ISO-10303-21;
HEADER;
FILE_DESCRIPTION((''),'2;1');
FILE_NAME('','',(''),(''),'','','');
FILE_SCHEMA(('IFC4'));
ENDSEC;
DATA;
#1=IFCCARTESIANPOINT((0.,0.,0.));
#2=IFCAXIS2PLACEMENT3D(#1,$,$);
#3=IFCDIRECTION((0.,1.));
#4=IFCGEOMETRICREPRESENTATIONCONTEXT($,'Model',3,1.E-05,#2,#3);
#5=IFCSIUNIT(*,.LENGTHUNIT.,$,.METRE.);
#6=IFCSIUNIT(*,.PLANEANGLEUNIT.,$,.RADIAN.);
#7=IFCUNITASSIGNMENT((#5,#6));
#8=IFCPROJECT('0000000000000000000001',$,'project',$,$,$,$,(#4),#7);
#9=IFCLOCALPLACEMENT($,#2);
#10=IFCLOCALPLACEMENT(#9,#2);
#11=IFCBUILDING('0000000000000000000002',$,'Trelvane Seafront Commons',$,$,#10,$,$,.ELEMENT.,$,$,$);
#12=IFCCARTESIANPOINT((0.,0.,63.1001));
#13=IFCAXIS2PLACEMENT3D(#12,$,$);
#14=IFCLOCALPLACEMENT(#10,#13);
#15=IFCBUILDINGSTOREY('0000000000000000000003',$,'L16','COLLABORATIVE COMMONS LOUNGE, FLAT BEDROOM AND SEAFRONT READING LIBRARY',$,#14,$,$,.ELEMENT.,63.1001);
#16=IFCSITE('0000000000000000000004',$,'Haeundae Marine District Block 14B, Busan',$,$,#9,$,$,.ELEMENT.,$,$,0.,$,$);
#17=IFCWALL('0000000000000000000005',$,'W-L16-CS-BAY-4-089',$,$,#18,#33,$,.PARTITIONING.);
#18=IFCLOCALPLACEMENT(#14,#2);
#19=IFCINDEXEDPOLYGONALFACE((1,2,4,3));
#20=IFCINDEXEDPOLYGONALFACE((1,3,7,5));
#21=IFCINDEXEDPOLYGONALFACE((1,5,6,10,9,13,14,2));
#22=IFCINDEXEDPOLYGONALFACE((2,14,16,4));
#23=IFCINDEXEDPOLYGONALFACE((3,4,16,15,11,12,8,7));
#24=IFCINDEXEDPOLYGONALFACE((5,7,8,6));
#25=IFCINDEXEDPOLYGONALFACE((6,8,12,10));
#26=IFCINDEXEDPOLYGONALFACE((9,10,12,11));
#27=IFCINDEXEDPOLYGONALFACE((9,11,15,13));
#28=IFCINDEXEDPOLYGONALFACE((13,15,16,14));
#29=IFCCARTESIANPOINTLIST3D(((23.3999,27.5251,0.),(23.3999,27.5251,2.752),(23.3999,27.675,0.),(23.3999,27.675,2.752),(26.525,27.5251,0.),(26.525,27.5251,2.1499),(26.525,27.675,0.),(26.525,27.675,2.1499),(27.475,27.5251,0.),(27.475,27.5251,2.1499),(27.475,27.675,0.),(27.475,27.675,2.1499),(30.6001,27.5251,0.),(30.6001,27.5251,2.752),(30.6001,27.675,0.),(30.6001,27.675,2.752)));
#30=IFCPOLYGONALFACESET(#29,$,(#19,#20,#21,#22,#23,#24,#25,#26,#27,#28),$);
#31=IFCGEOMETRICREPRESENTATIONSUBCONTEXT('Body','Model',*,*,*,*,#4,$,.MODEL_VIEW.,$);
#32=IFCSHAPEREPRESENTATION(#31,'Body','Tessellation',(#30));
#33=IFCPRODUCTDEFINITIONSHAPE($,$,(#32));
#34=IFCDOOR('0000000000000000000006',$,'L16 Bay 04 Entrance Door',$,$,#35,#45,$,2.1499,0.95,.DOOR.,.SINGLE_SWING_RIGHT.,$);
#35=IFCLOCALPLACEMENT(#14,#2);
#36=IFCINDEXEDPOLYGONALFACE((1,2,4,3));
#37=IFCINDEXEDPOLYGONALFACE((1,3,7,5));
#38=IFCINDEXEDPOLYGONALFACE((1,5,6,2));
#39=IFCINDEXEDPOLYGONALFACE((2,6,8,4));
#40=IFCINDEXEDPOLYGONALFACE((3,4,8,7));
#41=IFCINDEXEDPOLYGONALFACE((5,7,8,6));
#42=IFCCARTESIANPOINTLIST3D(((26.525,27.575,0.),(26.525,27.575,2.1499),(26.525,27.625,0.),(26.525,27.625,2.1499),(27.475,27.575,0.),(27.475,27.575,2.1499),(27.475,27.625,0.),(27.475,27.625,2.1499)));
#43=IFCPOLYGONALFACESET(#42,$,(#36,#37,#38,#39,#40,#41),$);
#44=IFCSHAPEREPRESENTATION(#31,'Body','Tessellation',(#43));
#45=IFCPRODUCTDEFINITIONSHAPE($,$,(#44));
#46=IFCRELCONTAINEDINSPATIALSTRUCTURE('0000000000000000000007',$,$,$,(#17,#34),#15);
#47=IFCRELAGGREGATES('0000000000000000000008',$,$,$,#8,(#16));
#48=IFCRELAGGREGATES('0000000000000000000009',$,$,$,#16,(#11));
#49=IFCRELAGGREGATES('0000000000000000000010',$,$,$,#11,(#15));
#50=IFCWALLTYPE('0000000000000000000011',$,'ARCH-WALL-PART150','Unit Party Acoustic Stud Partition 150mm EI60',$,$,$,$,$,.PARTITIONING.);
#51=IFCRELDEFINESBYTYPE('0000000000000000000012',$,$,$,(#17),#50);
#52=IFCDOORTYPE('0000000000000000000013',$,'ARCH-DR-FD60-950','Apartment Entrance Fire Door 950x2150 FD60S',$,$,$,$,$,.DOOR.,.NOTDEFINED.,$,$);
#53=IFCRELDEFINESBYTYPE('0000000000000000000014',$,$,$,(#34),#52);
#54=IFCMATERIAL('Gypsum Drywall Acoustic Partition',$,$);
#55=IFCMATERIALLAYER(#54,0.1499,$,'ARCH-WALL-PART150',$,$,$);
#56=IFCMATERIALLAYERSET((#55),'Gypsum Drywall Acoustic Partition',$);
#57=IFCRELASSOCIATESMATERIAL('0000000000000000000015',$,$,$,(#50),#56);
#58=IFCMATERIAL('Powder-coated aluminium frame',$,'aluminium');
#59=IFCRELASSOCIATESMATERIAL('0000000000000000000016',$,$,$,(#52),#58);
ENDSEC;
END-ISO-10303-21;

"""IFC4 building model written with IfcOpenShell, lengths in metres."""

from ifc_helpers import new_model, si_unit, direction, frame, frame_2d, origin, place, context, subcontext, project, spatial, rectangle, extrude, source, transform, mapped, material, layer, layer_set, type_object, element, fill, save


model = new_model("IFC4")

# Units and contexts
model_context = context("Model", 3, precision=1e-05, world=origin(), true_north=direction((0.0, 1.0)))
body_context = subcontext(model_context, "Body", "Model", "MODEL_VIEW")
ifc_project = project(units=[si_unit("LENGTHUNIT", "METRE"), si_unit("PLANEANGLEUNIT", "RADIAN")], contexts=[model_context])

# Site, building, storey
site_placement = place(None, origin())
site = spatial("IfcSite", under=ifc_project, at=site_placement, Name="Haeundae Marine District Block 14B, Busan", CompositionType="ELEMENT", RefElevation=0.0)
building_placement = place(site_placement, origin())
building = spatial("IfcBuilding", under=site, at=building_placement, Name="Trelvane Seafront Commons", CompositionType="ELEMENT")
storey_placement = place(building_placement, frame((0.0, 0.0, 63.1001)))
storey = spatial("IfcBuildingStorey", under=building, at=storey_placement, Name="L16", Description="COLLABORATIVE COMMONS LOUNGE, FLAT BEDROOM AND SEAFRONT READING LIBRARY", CompositionType="ELEMENT", Elevation=63.1001)

# Shared definitions
ifc_material_1 = material(Name="Gypsum Drywall Acoustic Partition")
shared_shape_1 = source(origin(), body_context, "Body", "SweptSolid", [
    extrude(rectangle(XDim=0.95, YDim=2.1499, at=frame_2d((0.4751, 1.075))), frame((0.0, 0.0249, 0.0), z_axis=(0.0, -1.0, 0.0), x_axis=(1.0, 0.0, 0.0)), (0.0, 0.0, 1.0), 0.05),
])

# Wall, opening, door
ifc_layer_1 = layer(ifc_material_1, 0.1499, Name="ARCH-WALL-PART150")
ifc_layer_set_1 = layer_set([ifc_layer_1], Name="Gypsum Drywall Acoustic Partition")
wall_type_1 = type_object("IfcWallType", Name="ARCH-WALL-PART150", Description="Unit Party Acoustic Stud Partition 150mm EI60", PredefinedType="PARTITIONING", material=ifc_layer_set_1)
ifc_material_2 = material(Name="Powder-coated aluminium frame", Category="aluminium")
door_type_1 = type_object("IfcDoorType", Name="ARCH-DR-FD60-950", Description="Apartment Entrance Fire Door 950x2150 FD60S", OperationType="NOTDEFINED", PredefinedType="DOOR", material=ifc_material_2)
wall_1_placement = place(storey_placement, frame((23.3999, 27.6001, 0.0), z_axis=(0.0, 0.0, 1.0), x_axis=(1.0, 0.0, 0.0)))
wall_1 = element("IfcWall", 1, at=wall_1_placement, inside=storey, type_object=wall_type_1, Name="W-L16-CS-BAY-4-089", PredefinedType="PARTITIONING", context=body_context, shape_type="SweptSolid", body=[
    extrude(rectangle(XDim=7.2002, YDim=0.1499, at=frame_2d((3.6001, 0.0))), origin(), (0.0, 0.0, 1.0), 2.752),
])
opening_1_placement = place(wall_1_placement, frame((3.125, 0.0, 0.0)))
opening_1 = element("IfcOpeningElement", 2, at=opening_1_placement, cuts=wall_1, PredefinedType="OPENING", context=body_context, shape_type="SweptSolid", body=[
    extrude(rectangle(XDim=0.95, YDim=2.1499, at=frame_2d((0.4751, 1.075))), frame((0.0, 0.085, 0.0), z_axis=(0.0, -1.0, 0.0), x_axis=(1.0, 0.0, 0.0)), (0.0, 0.0, 1.0), 0.1699),
])
door_1_placement = place(opening_1_placement, origin())
door_1 = element("IfcDoor", 3, at=door_1_placement, inside=storey, type_object=door_type_1, Name="L16 Bay 04 Entrance Door", OperationType="SINGLE_SWING_RIGHT", OverallHeight=2.1499, OverallWidth=0.95, PredefinedType="DOOR", context=body_context, shape_type="MappedRepresentation", body=[
    mapped(shared_shape_1, transform((0.0, 0.0, 0.0), x_axis=(1.0, 0.0, 0.0), y_axis=(0.0, 1.0, 0.0), z_axis=(0.0, 0.0, 1.0), scale=1.0)),
])
fill(opening_1, door_1)

save(model, "model.ifc")
